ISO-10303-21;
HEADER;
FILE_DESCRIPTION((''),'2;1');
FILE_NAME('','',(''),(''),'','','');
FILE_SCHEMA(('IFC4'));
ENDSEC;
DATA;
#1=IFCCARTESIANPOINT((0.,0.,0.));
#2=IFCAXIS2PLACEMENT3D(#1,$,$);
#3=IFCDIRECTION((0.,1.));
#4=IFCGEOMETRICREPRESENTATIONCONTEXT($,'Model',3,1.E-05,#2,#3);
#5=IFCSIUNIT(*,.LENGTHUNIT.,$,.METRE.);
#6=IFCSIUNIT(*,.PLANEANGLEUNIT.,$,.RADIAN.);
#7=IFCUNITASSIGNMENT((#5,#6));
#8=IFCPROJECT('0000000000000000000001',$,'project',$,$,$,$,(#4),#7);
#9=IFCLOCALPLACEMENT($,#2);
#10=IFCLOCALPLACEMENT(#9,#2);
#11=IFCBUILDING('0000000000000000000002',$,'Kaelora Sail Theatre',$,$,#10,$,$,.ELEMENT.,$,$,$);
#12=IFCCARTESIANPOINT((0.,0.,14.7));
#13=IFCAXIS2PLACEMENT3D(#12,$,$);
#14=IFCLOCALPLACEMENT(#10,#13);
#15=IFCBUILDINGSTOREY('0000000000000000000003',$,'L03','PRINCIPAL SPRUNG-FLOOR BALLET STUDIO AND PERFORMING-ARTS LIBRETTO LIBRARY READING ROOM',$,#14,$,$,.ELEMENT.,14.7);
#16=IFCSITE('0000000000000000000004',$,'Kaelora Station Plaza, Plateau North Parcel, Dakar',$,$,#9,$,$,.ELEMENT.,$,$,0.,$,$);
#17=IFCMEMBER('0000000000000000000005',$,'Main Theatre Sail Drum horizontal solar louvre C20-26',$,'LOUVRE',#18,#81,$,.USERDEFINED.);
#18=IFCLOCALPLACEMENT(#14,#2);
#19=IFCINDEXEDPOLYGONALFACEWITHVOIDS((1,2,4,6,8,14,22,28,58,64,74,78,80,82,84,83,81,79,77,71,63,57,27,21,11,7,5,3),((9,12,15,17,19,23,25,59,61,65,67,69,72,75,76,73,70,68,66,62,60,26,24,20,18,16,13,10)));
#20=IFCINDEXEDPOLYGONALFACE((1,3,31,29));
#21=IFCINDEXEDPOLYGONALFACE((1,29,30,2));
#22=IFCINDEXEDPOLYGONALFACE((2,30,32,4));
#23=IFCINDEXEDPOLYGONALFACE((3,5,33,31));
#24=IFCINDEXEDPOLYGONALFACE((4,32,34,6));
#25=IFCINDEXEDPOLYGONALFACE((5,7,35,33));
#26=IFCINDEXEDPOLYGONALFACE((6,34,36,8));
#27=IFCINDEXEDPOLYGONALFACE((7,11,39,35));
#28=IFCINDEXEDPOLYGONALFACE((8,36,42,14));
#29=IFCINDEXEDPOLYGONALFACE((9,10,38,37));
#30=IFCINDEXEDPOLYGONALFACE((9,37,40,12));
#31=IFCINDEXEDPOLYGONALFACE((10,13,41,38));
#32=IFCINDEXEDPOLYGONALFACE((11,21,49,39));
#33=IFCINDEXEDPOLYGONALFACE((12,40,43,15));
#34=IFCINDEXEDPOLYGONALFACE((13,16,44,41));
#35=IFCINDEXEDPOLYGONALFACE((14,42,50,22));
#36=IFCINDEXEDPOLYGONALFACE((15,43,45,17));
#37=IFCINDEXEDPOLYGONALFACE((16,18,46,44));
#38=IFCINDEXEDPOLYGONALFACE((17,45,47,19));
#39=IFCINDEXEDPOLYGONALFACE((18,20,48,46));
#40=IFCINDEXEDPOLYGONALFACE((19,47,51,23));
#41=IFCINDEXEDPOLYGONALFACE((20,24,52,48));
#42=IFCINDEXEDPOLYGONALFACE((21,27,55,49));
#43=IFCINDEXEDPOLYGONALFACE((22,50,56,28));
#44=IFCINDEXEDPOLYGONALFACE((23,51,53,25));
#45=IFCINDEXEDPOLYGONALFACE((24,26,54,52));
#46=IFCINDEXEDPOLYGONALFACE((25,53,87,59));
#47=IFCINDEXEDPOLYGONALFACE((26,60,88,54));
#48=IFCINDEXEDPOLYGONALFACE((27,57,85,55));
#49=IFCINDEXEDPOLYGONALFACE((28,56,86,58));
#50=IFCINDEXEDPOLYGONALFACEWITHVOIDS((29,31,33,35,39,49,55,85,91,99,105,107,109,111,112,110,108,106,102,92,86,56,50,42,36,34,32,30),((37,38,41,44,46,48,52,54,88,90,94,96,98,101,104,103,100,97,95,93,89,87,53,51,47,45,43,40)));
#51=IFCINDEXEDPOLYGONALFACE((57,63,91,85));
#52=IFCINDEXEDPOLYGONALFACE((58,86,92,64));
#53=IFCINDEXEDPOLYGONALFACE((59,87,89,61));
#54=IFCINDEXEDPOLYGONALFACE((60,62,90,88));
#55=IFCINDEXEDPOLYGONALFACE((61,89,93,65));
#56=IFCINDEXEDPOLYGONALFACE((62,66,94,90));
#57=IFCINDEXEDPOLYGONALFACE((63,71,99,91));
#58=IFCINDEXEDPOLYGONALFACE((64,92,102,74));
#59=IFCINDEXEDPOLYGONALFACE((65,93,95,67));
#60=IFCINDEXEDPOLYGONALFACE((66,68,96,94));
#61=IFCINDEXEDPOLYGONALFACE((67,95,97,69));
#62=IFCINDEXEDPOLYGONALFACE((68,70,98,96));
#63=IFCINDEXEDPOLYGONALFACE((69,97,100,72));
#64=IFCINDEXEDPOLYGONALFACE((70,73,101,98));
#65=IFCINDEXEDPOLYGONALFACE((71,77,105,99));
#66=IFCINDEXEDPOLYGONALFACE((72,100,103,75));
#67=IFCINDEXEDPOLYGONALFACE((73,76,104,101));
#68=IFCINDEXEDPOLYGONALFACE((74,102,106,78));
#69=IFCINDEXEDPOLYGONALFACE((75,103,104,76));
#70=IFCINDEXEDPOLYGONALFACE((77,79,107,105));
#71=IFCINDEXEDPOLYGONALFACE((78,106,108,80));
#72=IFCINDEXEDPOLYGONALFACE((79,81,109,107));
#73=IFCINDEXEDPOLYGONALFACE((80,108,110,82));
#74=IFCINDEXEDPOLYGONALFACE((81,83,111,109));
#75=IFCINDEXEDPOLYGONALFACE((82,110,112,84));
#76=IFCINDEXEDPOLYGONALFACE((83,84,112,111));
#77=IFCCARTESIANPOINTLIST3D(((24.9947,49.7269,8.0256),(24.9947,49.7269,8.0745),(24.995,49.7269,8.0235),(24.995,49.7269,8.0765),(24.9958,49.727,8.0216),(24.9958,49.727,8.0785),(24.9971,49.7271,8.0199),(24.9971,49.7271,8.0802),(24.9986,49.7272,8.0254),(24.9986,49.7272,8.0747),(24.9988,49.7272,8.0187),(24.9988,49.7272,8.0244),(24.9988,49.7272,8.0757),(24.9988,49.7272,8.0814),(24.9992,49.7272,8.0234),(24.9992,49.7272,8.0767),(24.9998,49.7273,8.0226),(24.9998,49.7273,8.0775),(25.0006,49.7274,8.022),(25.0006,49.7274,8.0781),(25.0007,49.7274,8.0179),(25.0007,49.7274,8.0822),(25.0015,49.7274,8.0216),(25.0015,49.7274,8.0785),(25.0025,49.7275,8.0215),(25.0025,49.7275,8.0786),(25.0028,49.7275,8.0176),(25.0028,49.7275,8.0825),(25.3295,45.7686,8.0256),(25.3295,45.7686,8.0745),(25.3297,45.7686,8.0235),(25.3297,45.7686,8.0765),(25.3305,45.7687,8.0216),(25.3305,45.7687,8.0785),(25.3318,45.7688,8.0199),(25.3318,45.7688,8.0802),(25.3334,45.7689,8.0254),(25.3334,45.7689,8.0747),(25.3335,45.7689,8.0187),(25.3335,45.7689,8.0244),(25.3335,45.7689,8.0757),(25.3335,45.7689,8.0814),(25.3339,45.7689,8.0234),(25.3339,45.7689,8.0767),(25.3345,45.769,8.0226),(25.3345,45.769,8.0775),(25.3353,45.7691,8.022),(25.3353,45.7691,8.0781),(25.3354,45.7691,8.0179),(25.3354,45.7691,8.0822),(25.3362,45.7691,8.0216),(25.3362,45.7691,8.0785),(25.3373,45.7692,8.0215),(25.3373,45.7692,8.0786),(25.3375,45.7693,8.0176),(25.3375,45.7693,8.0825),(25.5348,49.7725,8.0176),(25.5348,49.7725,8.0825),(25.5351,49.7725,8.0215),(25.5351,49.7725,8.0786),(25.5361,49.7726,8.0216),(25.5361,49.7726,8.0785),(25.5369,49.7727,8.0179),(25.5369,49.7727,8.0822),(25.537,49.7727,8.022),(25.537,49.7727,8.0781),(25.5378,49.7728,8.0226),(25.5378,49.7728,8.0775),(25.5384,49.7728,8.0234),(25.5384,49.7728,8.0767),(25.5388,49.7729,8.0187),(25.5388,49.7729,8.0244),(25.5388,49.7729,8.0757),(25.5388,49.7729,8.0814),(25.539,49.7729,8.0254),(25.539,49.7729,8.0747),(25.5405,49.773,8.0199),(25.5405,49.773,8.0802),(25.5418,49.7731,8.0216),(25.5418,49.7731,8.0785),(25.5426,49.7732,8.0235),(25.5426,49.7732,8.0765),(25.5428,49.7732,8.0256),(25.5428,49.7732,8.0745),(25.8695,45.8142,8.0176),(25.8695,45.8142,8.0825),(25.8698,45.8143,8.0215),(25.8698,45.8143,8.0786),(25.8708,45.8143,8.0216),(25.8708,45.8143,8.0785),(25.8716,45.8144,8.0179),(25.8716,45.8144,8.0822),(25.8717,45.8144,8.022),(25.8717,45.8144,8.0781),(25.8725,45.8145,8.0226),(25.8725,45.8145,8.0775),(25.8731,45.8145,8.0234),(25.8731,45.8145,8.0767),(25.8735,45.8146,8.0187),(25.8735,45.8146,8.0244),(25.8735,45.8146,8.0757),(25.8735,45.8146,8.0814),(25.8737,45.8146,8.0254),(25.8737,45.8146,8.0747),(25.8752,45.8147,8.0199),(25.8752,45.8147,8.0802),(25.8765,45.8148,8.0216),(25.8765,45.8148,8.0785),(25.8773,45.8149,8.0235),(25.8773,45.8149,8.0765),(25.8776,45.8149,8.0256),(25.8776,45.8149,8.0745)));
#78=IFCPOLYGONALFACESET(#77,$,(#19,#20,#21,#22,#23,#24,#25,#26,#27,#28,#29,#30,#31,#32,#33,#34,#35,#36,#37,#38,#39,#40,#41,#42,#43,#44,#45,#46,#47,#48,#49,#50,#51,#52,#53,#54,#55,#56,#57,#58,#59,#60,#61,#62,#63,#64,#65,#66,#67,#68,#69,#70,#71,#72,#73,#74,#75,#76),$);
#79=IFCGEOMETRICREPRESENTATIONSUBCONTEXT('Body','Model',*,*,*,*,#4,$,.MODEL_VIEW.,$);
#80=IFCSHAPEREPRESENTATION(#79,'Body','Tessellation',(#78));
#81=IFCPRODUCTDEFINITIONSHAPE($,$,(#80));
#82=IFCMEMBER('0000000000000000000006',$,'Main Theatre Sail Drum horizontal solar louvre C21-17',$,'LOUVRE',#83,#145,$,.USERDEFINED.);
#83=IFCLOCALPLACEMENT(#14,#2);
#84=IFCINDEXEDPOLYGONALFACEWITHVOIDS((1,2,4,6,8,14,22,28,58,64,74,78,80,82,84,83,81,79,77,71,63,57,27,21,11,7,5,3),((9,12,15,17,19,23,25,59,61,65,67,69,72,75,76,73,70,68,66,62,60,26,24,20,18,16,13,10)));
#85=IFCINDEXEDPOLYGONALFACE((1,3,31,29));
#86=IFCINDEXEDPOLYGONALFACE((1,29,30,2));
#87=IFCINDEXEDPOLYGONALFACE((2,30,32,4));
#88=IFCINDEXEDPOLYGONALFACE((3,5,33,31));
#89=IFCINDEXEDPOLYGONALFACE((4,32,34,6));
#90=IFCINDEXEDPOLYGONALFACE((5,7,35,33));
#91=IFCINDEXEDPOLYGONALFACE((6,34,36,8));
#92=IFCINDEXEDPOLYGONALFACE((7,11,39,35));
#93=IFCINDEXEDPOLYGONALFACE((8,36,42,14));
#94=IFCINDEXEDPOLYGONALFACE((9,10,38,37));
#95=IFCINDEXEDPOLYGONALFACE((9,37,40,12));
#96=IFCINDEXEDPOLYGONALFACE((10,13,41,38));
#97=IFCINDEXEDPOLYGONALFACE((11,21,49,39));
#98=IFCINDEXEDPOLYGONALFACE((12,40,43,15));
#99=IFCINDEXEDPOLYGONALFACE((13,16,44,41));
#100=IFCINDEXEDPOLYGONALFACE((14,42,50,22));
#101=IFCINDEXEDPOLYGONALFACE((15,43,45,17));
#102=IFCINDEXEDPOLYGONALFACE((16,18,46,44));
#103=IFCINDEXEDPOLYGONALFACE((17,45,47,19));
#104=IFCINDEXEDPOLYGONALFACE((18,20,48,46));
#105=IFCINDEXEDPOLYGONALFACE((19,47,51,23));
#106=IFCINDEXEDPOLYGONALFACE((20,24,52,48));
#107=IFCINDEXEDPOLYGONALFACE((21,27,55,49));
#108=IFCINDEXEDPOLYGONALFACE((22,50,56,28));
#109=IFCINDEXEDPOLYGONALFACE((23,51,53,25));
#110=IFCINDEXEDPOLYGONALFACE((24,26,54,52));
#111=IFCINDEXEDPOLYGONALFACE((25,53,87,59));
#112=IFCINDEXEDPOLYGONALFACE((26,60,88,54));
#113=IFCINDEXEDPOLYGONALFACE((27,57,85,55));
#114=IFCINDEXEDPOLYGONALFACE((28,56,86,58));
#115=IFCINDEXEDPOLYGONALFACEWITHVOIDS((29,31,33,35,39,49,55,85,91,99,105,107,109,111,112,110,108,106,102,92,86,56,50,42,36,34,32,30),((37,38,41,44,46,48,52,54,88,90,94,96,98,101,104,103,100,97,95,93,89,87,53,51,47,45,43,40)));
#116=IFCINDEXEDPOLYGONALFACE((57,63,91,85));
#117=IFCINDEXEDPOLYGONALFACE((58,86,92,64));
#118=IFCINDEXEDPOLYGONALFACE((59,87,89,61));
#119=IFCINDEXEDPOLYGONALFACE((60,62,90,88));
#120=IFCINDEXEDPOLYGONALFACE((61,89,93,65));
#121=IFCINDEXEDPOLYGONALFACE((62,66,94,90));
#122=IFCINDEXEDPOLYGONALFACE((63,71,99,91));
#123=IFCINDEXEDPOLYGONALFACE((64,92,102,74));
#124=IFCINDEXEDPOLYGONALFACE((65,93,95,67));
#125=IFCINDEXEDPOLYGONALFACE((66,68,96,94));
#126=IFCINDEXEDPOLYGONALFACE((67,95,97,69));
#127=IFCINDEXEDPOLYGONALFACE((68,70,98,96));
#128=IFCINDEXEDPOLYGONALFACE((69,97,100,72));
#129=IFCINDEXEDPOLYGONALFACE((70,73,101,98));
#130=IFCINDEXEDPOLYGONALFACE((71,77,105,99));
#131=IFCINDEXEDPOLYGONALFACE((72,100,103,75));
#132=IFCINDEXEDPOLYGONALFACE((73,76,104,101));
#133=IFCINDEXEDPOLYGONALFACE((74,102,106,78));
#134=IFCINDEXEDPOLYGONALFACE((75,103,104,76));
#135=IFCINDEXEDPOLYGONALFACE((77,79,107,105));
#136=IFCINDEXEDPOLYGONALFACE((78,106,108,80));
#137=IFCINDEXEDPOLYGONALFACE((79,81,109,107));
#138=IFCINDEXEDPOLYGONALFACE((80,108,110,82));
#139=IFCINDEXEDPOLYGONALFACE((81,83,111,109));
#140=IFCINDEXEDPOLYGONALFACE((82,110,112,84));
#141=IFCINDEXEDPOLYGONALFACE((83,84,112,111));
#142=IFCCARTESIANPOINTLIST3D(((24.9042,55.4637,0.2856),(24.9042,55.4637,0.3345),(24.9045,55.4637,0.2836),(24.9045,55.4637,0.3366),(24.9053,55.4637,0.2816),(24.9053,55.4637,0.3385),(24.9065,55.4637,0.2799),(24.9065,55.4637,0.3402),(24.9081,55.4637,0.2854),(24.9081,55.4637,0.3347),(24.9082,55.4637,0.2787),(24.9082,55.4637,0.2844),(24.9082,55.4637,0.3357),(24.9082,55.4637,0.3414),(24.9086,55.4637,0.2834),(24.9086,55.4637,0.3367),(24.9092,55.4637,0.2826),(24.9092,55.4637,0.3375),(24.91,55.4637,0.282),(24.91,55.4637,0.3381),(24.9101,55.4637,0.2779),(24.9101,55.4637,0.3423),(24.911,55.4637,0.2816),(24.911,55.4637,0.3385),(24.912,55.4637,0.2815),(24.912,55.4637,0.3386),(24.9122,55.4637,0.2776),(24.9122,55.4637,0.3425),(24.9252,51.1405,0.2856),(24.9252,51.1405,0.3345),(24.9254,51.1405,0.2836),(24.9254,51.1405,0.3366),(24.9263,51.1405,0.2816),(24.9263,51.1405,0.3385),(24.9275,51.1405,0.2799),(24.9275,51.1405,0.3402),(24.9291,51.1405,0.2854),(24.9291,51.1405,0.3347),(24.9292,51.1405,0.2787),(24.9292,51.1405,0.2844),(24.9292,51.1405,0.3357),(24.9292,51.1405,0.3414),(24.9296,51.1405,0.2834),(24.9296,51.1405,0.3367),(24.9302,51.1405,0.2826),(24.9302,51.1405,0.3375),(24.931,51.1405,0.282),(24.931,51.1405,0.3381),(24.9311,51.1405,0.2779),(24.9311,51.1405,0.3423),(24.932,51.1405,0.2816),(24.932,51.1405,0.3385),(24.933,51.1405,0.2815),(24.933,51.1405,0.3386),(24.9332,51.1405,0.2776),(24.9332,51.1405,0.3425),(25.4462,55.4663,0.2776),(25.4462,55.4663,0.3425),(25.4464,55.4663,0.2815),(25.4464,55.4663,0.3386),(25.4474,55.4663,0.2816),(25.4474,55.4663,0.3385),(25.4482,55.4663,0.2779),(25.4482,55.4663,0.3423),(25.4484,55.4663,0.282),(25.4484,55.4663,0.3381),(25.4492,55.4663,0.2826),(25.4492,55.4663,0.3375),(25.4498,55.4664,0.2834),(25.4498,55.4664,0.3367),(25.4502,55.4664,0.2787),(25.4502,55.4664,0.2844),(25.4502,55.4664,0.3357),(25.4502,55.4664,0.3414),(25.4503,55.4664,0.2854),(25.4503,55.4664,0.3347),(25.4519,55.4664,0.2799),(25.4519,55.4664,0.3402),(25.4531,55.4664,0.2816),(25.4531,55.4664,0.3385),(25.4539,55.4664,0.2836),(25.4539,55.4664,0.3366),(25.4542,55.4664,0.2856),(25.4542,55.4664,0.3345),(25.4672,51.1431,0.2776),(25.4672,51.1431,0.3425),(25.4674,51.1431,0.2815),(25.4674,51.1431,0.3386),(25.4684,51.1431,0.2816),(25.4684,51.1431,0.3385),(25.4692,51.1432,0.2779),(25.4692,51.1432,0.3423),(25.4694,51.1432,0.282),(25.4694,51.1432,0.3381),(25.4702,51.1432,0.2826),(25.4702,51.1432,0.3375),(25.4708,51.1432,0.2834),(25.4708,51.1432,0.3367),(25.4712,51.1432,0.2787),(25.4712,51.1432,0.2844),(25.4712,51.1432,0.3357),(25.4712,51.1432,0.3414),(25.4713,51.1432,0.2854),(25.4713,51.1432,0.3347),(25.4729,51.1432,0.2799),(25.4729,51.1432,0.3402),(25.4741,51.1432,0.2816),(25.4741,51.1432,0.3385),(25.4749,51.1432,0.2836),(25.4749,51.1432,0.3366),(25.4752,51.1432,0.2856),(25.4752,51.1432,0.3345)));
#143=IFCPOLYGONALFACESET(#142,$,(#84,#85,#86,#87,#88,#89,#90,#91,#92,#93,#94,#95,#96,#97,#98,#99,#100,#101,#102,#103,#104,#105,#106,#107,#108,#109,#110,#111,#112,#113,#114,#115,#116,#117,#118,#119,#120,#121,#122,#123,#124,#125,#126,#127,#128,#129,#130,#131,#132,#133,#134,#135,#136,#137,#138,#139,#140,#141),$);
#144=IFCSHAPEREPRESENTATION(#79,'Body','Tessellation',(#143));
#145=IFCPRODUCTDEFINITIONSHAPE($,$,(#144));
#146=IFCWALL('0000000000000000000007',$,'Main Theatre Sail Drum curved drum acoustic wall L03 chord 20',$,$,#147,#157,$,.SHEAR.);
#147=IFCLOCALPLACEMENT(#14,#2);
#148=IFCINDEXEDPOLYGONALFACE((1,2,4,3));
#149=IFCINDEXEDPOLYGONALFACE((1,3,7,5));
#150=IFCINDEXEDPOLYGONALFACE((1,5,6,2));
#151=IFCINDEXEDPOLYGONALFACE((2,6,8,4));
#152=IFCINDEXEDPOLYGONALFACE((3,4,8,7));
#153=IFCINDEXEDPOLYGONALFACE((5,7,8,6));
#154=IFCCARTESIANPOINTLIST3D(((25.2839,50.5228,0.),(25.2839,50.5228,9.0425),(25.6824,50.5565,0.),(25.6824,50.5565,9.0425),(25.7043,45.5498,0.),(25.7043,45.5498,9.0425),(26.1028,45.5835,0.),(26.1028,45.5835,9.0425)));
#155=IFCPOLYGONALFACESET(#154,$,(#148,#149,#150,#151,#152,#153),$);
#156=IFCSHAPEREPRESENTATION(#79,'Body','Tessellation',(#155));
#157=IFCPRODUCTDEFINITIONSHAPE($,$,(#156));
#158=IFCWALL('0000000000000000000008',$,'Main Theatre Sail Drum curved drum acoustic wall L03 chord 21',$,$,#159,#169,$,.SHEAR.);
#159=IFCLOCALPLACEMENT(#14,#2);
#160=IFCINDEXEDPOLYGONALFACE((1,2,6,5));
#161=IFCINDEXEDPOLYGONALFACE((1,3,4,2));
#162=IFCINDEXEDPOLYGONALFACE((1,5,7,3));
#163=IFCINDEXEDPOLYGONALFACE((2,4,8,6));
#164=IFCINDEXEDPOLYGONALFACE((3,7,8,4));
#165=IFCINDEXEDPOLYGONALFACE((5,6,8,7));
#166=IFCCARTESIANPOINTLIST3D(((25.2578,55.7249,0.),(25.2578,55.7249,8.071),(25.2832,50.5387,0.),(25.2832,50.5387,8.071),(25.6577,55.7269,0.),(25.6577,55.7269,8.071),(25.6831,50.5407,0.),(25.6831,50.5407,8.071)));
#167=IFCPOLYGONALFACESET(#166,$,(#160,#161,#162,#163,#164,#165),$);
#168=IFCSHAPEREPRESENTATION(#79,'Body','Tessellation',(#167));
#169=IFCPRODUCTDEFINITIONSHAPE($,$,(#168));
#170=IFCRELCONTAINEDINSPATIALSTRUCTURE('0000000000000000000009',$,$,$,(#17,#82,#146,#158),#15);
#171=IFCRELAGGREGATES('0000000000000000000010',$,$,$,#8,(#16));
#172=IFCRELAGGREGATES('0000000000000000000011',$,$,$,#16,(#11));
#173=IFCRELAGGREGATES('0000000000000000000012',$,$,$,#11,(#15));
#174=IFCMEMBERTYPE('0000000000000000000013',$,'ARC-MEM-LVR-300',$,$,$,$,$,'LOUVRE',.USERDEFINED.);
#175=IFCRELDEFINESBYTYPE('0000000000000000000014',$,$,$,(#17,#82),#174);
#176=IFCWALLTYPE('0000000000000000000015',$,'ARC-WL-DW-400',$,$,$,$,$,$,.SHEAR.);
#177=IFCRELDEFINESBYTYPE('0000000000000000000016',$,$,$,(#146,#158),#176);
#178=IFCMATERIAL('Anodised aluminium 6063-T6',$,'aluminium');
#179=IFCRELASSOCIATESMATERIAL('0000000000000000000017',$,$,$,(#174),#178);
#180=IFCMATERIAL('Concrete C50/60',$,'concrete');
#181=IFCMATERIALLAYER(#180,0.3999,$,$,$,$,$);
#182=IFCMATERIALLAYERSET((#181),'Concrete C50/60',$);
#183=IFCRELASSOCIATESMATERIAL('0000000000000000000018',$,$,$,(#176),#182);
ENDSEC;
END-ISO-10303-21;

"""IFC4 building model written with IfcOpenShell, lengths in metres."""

from ifc_helpers import new_model, si_unit, direction, frame, frame_2d, origin, origin_2d, place, context, subcontext, project, spatial, rectangle, hollow_rectangle, extrude, material, layer, layer_set, material_profile, profile_set, type_object, element, save


model = new_model("IFC4")

# Units and contexts
model_context = context("Model", 3, precision=1e-05, world=origin(), true_north=direction((0.0, 1.0)))
body_context = subcontext(model_context, "Body", "Model", "MODEL_VIEW")
ifc_project = project(units=[si_unit("LENGTHUNIT", "METRE"), si_unit("PLANEANGLEUNIT", "RADIAN")], contexts=[model_context])

# Site, building, storey
site_placement = place(None, origin())
site = spatial("IfcSite", under=ifc_project, at=site_placement, Name="Kaelora Station Plaza, Plateau North Parcel, Dakar", CompositionType="ELEMENT", RefElevation=0.0)
building_placement = place(site_placement, origin())
building = spatial("IfcBuilding", under=site, at=building_placement, Name="Kaelora Sail Theatre", CompositionType="ELEMENT")
storey_placement = place(building_placement, frame((0.0, 0.0, 14.7)))
storey = spatial("IfcBuildingStorey", under=building, at=storey_placement, Name="L03", Description="PRINCIPAL SPRUNG-FLOOR BALLET STUDIO AND PERFORMING-ARTS LIBRETTO LIBRARY READING ROOM", CompositionType="ELEMENT", Elevation=14.7)

# Members
ifc_material_1 = material(Name="Anodised aluminium 6063-T6", Category="aluminium")
ifc_material_profile_1 = material_profile(ifc_material_1, hollow_rectangle(XDim=0.55, YDim=0.0649, WallThickness=0.0039, InnerFilletRadius=0.0039, OuterFilletRadius=0.0081, at=origin_2d()), Name="LOUVRE 550x65x4")
ifc_profile_set_1 = profile_set([ifc_material_profile_1], Name="Anodised aluminium 6063-T6")
member_type = type_object("IfcMemberType", Name="ARC-MEM-LVR-300", ElementType="LOUVRE", PredefinedType="USERDEFINED", material=ifc_profile_set_1)
for number, where, z_axis, x_axis, name in (
    (1, (25.6035, 45.7917, 8.05), (-0.084261, 0.996444, 0.0), (-0.996444, -0.084261, 0.0), "Main Theatre Sail Drum horizontal solar louvre C20-26"),
):
    element("IfcMember", number, at=place(storey_placement, frame(where, z_axis=z_axis, x_axis=x_axis)), inside=storey, type_object=member_type, Name=name, ObjectType="LOUVRE", PredefinedType="USERDEFINED", context=body_context, shape_type="SweptSolid", body=[
        extrude(hollow_rectangle(XDim=0.55, YDim=0.0649, WallThickness=0.0039, InnerFilletRadius=0.0039, OuterFilletRadius=0.0081, at=origin_2d()), origin(), (0.0, 0.0, 1.0), 3.9724),
    ])
member_placement = place(storey_placement, frame((25.2002, 51.1418, 0.3101), z_axis=(-0.004857, 0.999988, 0.0), x_axis=(-0.999988, -0.004857, 0.0)))
element("IfcMember", 2, at=member_placement, inside=storey, type_object=member_type, Name="Main Theatre Sail Drum horizontal solar louvre C21-17", ObjectType="LOUVRE", PredefinedType="USERDEFINED", context=body_context, shape_type="SweptSolid", body=[
    extrude(hollow_rectangle(XDim=0.55, YDim=0.0649, WallThickness=0.0039, InnerFilletRadius=0.0039, OuterFilletRadius=0.0081, at=origin_2d()), origin(), (0.0, 0.0, 1.0), 4.3232),
])

# Walls
ifc_material_2 = material(Name="Concrete C50/60", Category="concrete")
ifc_layer = layer(ifc_material_2, 0.3999)
ifc_layer_set = layer_set([ifc_layer], Name="Concrete C50/60")
wall_type = type_object("IfcWallType", Name="ARC-WL-DW-400", PredefinedType="SHEAR", material=ifc_layer_set)
wall_1_placement = place(storey_placement, frame((25.9036, 45.5667, 0.0), z_axis=(0.0, 0.0, 1.0), x_axis=(-0.08424, 0.996446, 0.0)))
element("IfcWall", 3, at=wall_1_placement, inside=storey, type_object=wall_type, Name="Main Theatre Sail Drum curved drum acoustic wall L03 chord 20", PredefinedType="SHEAR", context=body_context, shape_type="SweptSolid", body=[
    extrude(rectangle(XDim=4.9907, YDim=0.3999, at=frame_2d((2.4954, 0.0))), origin(), (0.0, 0.0, 1.0), 9.0425),
])
wall_2_placement = place(storey_placement, frame((25.4832, 50.5396, 0.0), z_axis=(0.0, 0.0, 1.0), x_axis=(-0.004896, 0.999988, 0.0)))
element("IfcWall", 4, at=wall_2_placement, inside=storey, type_object=wall_type, Name="Main Theatre Sail Drum curved drum acoustic wall L03 chord 21", PredefinedType="SHEAR", context=body_context, shape_type="SweptSolid", body=[
    extrude(rectangle(XDim=5.1863, YDim=0.3999, at=frame_2d((2.5933, 0.0))), origin(), (0.0, 0.0, 1.0), 8.071),
])

save(model, "model.ifc")
